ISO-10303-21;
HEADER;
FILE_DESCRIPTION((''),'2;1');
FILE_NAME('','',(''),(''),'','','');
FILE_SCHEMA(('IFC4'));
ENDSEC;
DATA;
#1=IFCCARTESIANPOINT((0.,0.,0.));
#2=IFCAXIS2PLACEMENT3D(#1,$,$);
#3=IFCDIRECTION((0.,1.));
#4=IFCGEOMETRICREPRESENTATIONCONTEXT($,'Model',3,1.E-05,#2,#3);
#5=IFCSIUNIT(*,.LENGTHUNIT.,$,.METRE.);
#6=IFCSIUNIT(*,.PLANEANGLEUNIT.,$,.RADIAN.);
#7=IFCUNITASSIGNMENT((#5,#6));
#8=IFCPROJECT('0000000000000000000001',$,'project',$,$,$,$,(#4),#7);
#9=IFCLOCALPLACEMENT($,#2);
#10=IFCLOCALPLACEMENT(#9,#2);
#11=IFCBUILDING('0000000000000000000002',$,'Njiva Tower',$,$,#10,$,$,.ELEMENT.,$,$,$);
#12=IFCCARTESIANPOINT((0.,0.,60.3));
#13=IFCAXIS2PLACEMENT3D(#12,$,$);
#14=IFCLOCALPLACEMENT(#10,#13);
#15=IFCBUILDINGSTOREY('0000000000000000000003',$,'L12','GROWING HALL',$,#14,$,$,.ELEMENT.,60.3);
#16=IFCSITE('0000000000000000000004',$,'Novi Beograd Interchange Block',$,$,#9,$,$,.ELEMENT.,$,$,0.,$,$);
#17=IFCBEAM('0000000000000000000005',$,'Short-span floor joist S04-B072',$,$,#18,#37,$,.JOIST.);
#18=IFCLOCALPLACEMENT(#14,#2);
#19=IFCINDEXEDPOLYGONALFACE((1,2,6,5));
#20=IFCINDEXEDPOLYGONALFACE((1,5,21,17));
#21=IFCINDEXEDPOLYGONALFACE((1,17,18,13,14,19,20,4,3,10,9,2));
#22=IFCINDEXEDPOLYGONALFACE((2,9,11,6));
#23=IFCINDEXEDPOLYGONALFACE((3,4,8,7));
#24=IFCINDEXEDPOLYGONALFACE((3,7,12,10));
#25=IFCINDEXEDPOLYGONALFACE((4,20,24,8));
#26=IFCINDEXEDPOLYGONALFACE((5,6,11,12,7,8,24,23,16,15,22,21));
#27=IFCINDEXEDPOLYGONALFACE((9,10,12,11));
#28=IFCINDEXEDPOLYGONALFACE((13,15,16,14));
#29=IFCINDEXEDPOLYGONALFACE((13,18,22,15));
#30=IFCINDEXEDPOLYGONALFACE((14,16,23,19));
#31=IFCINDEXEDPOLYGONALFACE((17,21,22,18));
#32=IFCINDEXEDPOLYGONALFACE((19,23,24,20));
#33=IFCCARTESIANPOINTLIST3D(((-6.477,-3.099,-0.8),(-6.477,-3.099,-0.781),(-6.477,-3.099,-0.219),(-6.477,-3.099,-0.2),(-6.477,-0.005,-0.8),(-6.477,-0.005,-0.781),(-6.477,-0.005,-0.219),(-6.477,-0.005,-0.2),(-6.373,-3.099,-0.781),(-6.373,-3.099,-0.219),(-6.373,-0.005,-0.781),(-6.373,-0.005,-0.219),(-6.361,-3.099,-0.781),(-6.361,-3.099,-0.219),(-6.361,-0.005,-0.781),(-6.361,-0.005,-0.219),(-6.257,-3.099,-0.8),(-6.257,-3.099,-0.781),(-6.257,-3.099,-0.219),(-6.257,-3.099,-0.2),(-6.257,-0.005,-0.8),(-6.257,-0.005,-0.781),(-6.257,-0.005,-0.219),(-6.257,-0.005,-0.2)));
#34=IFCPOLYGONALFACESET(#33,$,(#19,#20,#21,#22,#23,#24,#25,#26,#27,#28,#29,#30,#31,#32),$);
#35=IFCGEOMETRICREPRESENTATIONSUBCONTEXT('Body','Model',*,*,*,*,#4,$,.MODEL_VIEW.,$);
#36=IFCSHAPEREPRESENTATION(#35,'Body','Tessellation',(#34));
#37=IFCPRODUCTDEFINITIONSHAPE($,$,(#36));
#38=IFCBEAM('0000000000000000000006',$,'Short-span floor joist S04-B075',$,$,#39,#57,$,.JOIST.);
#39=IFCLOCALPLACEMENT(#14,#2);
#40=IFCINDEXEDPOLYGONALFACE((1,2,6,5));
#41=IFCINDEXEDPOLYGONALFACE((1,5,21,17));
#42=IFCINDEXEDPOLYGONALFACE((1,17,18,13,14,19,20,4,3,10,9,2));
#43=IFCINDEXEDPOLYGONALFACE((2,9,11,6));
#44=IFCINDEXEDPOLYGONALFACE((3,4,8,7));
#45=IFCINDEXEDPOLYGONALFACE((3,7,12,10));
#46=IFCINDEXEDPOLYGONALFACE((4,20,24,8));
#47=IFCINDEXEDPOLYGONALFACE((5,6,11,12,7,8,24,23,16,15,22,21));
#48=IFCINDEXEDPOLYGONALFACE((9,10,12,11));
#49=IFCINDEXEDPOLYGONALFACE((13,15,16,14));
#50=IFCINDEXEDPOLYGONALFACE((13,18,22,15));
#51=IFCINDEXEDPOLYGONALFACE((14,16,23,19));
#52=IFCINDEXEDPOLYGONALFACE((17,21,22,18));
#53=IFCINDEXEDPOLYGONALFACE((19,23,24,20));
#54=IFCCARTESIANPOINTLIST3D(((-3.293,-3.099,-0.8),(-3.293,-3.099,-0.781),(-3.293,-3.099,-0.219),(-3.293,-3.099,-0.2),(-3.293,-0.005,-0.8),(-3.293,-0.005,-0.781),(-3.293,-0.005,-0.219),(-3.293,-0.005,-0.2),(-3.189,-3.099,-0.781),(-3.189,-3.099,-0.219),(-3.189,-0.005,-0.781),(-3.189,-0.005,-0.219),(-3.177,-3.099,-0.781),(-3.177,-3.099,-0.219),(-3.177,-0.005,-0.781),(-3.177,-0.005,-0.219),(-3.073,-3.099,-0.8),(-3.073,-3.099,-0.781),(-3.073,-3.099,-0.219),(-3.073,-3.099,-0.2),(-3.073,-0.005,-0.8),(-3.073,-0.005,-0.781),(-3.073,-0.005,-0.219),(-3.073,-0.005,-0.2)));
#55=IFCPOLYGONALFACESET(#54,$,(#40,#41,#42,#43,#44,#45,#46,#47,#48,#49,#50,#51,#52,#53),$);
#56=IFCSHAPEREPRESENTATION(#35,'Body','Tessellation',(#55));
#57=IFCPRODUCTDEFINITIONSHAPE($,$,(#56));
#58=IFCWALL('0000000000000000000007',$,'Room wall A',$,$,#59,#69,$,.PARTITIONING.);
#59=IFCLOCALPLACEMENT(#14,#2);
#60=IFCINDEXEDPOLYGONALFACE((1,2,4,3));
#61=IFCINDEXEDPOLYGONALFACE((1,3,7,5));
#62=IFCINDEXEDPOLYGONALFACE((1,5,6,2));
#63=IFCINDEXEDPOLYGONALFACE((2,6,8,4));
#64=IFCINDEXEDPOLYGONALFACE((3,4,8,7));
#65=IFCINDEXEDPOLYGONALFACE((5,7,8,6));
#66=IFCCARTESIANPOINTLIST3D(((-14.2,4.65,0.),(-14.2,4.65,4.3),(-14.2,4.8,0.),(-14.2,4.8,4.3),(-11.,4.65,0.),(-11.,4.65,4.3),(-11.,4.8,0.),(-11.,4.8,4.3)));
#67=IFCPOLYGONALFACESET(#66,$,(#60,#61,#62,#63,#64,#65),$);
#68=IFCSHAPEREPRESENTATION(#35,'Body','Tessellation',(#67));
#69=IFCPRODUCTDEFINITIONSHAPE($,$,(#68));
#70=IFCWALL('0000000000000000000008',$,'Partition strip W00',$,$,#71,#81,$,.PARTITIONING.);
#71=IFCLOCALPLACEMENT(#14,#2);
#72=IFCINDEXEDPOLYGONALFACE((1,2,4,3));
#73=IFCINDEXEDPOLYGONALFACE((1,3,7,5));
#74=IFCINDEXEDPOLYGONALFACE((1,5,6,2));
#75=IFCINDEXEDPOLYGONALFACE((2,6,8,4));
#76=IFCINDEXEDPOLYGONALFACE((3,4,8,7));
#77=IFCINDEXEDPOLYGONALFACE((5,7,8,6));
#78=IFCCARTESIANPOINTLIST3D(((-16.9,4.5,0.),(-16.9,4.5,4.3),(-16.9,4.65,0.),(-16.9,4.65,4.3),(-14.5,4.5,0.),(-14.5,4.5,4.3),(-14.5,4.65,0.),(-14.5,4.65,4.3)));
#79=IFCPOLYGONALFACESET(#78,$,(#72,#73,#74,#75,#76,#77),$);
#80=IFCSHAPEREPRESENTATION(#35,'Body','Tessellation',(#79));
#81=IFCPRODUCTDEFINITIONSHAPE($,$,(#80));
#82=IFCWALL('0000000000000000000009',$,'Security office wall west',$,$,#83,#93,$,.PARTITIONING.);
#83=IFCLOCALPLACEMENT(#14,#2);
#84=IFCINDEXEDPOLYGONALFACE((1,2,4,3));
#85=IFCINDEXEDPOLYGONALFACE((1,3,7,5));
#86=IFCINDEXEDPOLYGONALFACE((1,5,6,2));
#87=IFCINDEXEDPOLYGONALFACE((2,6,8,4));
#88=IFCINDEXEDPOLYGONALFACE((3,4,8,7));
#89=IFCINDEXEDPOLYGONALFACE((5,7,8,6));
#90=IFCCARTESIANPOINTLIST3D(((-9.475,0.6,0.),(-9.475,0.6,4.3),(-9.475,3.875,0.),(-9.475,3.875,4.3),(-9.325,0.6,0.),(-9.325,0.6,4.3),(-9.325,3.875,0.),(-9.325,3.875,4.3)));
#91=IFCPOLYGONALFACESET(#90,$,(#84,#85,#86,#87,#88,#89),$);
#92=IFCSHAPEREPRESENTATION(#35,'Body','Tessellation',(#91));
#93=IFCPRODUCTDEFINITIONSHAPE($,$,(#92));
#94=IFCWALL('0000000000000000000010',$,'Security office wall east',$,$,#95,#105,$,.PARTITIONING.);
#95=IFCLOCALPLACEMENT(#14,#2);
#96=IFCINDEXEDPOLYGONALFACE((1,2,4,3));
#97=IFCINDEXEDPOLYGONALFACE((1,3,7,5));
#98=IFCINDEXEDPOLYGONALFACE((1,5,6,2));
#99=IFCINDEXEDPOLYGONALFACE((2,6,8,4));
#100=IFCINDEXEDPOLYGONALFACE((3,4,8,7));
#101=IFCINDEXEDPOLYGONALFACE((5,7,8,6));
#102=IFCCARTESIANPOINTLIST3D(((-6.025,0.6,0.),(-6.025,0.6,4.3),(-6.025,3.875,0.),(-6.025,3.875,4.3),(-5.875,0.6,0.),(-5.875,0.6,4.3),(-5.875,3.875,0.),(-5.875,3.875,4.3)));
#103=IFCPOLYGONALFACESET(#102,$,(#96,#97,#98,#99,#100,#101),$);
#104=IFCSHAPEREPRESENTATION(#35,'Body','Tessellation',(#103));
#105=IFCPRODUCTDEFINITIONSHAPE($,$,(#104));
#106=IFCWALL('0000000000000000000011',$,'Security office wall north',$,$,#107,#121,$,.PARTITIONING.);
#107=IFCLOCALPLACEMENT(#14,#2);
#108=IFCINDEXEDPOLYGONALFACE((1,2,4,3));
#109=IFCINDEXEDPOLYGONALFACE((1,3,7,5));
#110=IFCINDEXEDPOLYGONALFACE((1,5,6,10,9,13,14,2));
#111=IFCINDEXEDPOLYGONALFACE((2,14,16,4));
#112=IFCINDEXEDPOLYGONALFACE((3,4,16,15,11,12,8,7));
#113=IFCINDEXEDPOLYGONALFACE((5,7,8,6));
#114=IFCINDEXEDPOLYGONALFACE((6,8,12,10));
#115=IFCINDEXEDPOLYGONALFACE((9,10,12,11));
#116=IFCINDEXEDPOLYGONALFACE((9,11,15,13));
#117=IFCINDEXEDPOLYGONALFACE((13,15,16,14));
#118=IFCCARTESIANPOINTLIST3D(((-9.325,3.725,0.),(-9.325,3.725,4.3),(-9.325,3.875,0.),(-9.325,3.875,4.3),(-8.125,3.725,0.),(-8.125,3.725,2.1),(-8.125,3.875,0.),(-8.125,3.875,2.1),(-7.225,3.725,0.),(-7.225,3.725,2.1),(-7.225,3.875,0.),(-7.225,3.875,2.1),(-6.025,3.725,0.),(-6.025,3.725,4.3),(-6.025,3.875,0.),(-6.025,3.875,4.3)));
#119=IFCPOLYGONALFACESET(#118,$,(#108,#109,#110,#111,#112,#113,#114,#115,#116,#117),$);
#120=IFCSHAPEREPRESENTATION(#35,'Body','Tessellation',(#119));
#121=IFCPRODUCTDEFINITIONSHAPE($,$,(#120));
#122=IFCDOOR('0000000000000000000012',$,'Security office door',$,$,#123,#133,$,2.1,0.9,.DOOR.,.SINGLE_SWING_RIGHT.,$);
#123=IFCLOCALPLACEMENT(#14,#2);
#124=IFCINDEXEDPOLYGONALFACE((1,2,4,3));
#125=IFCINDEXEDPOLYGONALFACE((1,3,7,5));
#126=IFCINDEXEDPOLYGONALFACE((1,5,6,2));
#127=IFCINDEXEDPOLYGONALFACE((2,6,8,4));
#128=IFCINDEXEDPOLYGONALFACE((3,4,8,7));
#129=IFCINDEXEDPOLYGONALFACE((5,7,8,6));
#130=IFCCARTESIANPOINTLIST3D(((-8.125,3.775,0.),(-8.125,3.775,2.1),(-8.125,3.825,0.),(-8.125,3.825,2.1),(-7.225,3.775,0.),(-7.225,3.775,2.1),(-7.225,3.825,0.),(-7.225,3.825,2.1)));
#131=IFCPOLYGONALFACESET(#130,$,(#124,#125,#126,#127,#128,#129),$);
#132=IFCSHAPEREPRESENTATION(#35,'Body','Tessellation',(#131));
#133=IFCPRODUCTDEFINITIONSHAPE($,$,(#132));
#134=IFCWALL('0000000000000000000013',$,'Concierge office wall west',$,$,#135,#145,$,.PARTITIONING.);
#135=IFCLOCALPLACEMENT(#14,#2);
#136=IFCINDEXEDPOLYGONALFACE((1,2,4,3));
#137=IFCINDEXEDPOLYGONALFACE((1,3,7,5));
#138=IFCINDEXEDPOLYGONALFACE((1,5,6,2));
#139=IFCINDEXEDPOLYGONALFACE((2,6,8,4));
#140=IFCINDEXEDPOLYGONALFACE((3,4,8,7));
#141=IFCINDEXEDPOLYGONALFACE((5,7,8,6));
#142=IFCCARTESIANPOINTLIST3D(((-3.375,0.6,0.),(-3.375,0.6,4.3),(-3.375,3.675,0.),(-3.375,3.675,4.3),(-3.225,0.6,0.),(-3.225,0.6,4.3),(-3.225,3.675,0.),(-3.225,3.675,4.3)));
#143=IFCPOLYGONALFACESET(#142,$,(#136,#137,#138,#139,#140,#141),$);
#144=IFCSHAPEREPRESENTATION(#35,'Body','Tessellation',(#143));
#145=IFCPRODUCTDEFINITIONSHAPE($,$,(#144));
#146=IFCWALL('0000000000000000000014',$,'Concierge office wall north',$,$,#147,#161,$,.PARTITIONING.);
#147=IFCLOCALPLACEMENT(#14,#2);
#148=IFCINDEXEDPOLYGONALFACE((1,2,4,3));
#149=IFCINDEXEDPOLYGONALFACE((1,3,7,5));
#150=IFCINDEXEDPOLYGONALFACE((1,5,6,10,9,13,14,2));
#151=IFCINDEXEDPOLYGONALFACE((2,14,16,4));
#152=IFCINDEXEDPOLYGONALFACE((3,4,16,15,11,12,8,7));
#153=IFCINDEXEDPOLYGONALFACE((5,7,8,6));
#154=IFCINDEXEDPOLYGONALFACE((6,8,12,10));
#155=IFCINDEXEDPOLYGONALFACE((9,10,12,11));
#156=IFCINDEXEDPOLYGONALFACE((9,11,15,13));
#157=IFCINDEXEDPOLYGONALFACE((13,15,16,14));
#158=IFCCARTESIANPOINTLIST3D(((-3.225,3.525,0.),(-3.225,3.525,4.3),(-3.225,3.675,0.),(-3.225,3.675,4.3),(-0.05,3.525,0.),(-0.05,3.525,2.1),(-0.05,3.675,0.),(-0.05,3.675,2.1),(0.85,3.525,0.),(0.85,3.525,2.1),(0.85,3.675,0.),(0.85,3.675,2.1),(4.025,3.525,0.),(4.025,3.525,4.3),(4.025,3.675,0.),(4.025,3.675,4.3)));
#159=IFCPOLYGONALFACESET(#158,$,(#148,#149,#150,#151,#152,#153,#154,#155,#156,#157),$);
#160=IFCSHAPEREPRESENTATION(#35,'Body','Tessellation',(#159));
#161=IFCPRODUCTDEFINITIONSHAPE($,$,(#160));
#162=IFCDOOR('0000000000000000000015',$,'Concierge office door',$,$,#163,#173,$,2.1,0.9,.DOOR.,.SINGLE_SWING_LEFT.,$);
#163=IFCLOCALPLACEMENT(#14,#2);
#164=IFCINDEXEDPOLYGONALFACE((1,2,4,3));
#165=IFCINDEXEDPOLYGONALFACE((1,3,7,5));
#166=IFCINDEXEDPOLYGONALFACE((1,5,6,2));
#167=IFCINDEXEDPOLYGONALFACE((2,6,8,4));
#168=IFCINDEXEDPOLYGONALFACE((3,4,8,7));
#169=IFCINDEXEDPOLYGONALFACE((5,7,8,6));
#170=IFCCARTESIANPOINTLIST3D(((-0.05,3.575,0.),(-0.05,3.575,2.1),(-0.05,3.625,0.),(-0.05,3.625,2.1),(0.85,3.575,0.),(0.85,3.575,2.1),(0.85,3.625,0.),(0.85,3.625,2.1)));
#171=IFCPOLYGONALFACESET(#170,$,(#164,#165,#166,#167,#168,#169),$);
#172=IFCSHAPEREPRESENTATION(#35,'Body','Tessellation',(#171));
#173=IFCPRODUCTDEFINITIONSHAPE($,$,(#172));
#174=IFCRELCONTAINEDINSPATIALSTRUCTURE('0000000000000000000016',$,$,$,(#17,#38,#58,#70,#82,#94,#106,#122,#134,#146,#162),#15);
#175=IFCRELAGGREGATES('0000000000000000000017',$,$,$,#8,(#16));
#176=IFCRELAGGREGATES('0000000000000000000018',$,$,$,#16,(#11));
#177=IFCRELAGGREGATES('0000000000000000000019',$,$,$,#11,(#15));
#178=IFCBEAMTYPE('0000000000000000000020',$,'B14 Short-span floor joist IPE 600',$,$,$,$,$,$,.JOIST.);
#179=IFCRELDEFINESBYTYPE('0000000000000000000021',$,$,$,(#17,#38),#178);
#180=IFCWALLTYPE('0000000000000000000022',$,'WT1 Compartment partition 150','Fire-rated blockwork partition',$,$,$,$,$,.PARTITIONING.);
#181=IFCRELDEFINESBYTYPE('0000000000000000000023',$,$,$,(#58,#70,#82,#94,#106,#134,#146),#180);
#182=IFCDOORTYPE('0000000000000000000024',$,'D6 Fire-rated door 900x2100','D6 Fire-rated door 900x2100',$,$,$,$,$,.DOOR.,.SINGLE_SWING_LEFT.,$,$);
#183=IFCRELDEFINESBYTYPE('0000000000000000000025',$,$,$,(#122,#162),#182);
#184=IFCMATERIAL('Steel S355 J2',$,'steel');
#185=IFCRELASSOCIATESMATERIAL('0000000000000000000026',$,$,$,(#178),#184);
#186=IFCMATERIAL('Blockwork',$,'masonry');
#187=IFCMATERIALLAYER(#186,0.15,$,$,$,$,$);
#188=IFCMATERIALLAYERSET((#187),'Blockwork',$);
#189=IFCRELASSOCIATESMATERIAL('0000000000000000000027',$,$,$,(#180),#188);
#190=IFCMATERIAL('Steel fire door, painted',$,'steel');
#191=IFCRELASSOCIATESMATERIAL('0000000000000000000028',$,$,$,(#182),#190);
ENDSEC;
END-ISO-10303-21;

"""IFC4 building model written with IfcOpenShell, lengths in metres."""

from ifc_helpers import new_model, si_unit, direction, frame, frame_2d, origin, origin_2d, place, context, subcontext, project, spatial, rectangle, i_section, extrude, material, layer, layer_set, material_profile, profile_set, type_object, element, fill, save


model = new_model("IFC4")

# Units and contexts
model_context = context("Model", 3, precision=1e-05, world=origin(), true_north=direction((0.0, 1.0)))
body_context = subcontext(model_context, "Body", "Model", "MODEL_VIEW")
ifc_project = project(units=[si_unit("LENGTHUNIT", "METRE"), si_unit("PLANEANGLEUNIT", "RADIAN")], contexts=[model_context])

# Site, building, storey
site_placement = place(None, origin())
site = spatial("IfcSite", under=ifc_project, at=site_placement, Name="Novi Beograd Interchange Block", CompositionType="ELEMENT", RefElevation=0.0)
building_placement = place(site_placement, origin())
building = spatial("IfcBuilding", under=site, at=building_placement, Name="Njiva Tower", CompositionType="ELEMENT")
storey_placement = place(building_placement, frame((0.0, 0.0, 60.3)))
storey = spatial("IfcBuildingStorey", under=building, at=storey_placement, Name="L12", Description="GROWING HALL", CompositionType="ELEMENT", Elevation=60.3)

# Beams
ifc_material_1 = material(Name="Steel S355 J2", Category="steel")
ifc_material_profile = material_profile(ifc_material_1, i_section(OverallWidth=0.22, OverallDepth=0.6, WebThickness=0.012, FlangeThickness=0.019, at=origin_2d()), Name="IPE 600")
ifc_profile_set = profile_set([ifc_material_profile], Name="Steel S355 J2")
beam_type = type_object("IfcBeamType", Name="B14 Short-span floor joist IPE 600", PredefinedType="JOIST", material=ifc_profile_set)
for number, where, z_axis, x_axis, name in (
    (1, (-6.367, -0.005, -0.5), (0.0, -1.0, 0.0), (1.0, 0.0, 0.0), "Short-span floor joist S04-B072"),
    (2, (-3.183, -0.005, -0.5), (0.0, -1.0, 0.0), (1.0, 0.0, 0.0), "Short-span floor joist S04-B075"),
):
    element("IfcBeam", number, at=place(storey_placement, frame(where, z_axis=z_axis, x_axis=x_axis)), inside=storey, type_object=beam_type, Name=name, PredefinedType="JOIST", context=body_context, shape_type="SweptSolid", body=[
        extrude(i_section(OverallWidth=0.22, OverallDepth=0.6, WebThickness=0.012, FlangeThickness=0.019, at=origin_2d()), origin(), (0.0, 0.0, 1.0), 3.094),
    ])

# Walls
ifc_material_2 = material(Name="Blockwork", Category="masonry")
ifc_layer_1 = layer(ifc_material_2, 0.15)
ifc_layer_set_1 = layer_set([ifc_layer_1], Name="Blockwork")
wall_type_1 = type_object("IfcWallType", Name="WT1 Compartment partition 150", Description="Fire-rated blockwork partition", PredefinedType="PARTITIONING", material=ifc_layer_set_1)
wall_1_placement = place(storey_placement, frame((-14.2, 4.725, 0.0), z_axis=(0.0, 0.0, 1.0), x_axis=(1.0, 0.0, 0.0)))
element("IfcWall", 3, at=wall_1_placement, inside=storey, type_object=wall_type_1, Name="Room wall A", PredefinedType="PARTITIONING", context=body_context, shape_type="SweptSolid", body=[
    extrude(rectangle(XDim=3.2, YDim=0.15, at=frame_2d((1.6, 0.0))), origin(), (0.0, 0.0, 1.0), 4.3),
])
wall_2_placement = place(storey_placement, frame((-16.9, 4.575, 0.0), z_axis=(0.0, 0.0, 1.0), x_axis=(1.0, 0.0, 0.0)))
element("IfcWall", 4, at=wall_2_placement, inside=storey, type_object=wall_type_1, Name="Partition strip W00", PredefinedType="PARTITIONING", context=body_context, shape_type="SweptSolid", body=[
    extrude(rectangle(XDim=2.4, YDim=0.15, at=frame_2d((1.2, 0.0))), origin(), (0.0, 0.0, 1.0), 4.3),
])
for number, where, z_axis, x_axis, name in (
    (5, (-9.4, 0.6, 0.0), (0.0, 0.0, 1.0), (0.0, 1.0, 0.0), "Security office wall west"),
    (6, (-5.95, 0.6, 0.0), (0.0, 0.0, 1.0), (0.0, 1.0, 0.0), "Security office wall east"),
):
    element("IfcWall", number, at=place(storey_placement, frame(where, z_axis=z_axis, x_axis=x_axis)), inside=storey, type_object=wall_type_1, Name=name, PredefinedType="PARTITIONING", context=body_context, shape_type="SweptSolid", body=[
        extrude(rectangle(XDim=3.275, YDim=0.15, at=frame_2d((1.6375, 0.0))), origin(), (0.0, 0.0, 1.0), 4.3),
    ])

# Wall, opening, door
wall_3_placement = place(storey_placement, frame((-9.325, 3.8, 0.0), z_axis=(0.0, 0.0, 1.0), x_axis=(1.0, 0.0, 0.0)))
wall_3 = element("IfcWall", 7, at=wall_3_placement, inside=storey, type_object=wall_type_1, Name="Security office wall north", PredefinedType="PARTITIONING", context=body_context, shape_type="SweptSolid", body=[
    extrude(rectangle(XDim=3.3, YDim=0.15, at=frame_2d((1.65, 0.0))), origin(), (0.0, 0.0, 1.0), 4.3),
])
opening_1_placement = place(wall_3_placement, frame((1.2, 0.0, 0.0)))
opening_1 = element("IfcOpeningElement", 8, at=opening_1_placement, cuts=wall_3, PredefinedType="OPENING", context=body_context, shape_type="SweptSolid", body=[
    extrude(rectangle(XDim=0.9, YDim=2.1, at=frame_2d((0.45, 1.05))), frame((0.0, 0.085, 0.0), z_axis=(0.0, -1.0, 0.0), x_axis=(1.0, 0.0, 0.0)), (0.0, 0.0, 1.0), 0.17),
])
ifc_material_3 = material(Name="Steel fire door, painted", Category="steel")
door_type_1 = type_object("IfcDoorType", Name="D6 Fire-rated door 900x2100", Description="D6 Fire-rated door 900x2100", OperationType="SINGLE_SWING_LEFT", PredefinedType="DOOR", material=ifc_material_3)
door_1_placement = place(opening_1_placement, origin())
door_1 = element("IfcDoor", 9, at=door_1_placement, inside=storey, type_object=door_type_1, Name="Security office door", OperationType="SINGLE_SWING_RIGHT", OverallHeight=2.1, OverallWidth=0.9, PredefinedType="DOOR", context=body_context, shape_type="SweptSolid", body=[
    extrude(rectangle(XDim=0.9, YDim=2.1, at=frame_2d((0.45, 1.05))), frame((0.0, 0.025, 0.0), z_axis=(0.0, -1.0, 0.0), x_axis=(1.0, 0.0, 0.0)), (0.0, 0.0, 1.0), 0.05),
])
fill(opening_1, door_1)

# Wall
wall_4_placement = place(storey_placement, frame((-3.3, 0.6, 0.0), z_axis=(0.0, 0.0, 1.0), x_axis=(0.0, 1.0, 0.0)))
element("IfcWall", 10, at=wall_4_placement, inside=storey, type_object=wall_type_1, Name="Concierge office wall west", PredefinedType="PARTITIONING", context=body_context, shape_type="SweptSolid", body=[
    extrude(rectangle(XDim=3.075, YDim=0.15, at=frame_2d((1.5375, 0.0))), origin(), (0.0, 0.0, 1.0), 4.3),
])

# Wall, opening, door
wall_5_placement = place(storey_placement, frame((-3.225, 3.6, 0.0), z_axis=(0.0, 0.0, 1.0), x_axis=(1.0, 0.0, 0.0)))
wall_5 = element("IfcWall", 11, at=wall_5_placement, inside=storey, type_object=wall_type_1, Name="Concierge office wall north", PredefinedType="PARTITIONING", context=body_context, shape_type="SweptSolid", body=[
    extrude(rectangle(XDim=7.25, YDim=0.15, at=frame_2d((3.625, 0.0))), origin(), (0.0, 0.0, 1.0), 4.3),
])
opening_2_placement = place(wall_5_placement, frame((3.175, 0.0, 0.0)))
opening_2 = element("IfcOpeningElement", 12, at=opening_2_placement, cuts=wall_5, PredefinedType="OPENING", context=body_context, shape_type="SweptSolid", body=[
    extrude(rectangle(XDim=0.9, YDim=2.1, at=frame_2d((0.45, 1.05))), frame((0.0, 0.085, 0.0), z_axis=(0.0, -1.0, 0.0), x_axis=(1.0, 0.0, 0.0)), (0.0, 0.0, 1.0), 0.17),
])
door_2_placement = place(opening_2_placement, origin())
door_2 = element("IfcDoor", 13, at=door_2_placement, inside=storey, type_object=door_type_1, Name="Concierge office door", OperationType="SINGLE_SWING_LEFT", OverallHeight=2.1, OverallWidth=0.9, PredefinedType="DOOR", context=body_context, shape_type="SweptSolid", body=[
    extrude(rectangle(XDim=0.9, YDim=2.1, at=frame_2d((0.45, 1.05))), frame((0.0, 0.025, 0.0), z_axis=(0.0, -1.0, 0.0), x_axis=(1.0, 0.0, 0.0)), (0.0, 0.0, 1.0), 0.05),
])
fill(opening_2, door_2)

save(model, "model.ifc")
